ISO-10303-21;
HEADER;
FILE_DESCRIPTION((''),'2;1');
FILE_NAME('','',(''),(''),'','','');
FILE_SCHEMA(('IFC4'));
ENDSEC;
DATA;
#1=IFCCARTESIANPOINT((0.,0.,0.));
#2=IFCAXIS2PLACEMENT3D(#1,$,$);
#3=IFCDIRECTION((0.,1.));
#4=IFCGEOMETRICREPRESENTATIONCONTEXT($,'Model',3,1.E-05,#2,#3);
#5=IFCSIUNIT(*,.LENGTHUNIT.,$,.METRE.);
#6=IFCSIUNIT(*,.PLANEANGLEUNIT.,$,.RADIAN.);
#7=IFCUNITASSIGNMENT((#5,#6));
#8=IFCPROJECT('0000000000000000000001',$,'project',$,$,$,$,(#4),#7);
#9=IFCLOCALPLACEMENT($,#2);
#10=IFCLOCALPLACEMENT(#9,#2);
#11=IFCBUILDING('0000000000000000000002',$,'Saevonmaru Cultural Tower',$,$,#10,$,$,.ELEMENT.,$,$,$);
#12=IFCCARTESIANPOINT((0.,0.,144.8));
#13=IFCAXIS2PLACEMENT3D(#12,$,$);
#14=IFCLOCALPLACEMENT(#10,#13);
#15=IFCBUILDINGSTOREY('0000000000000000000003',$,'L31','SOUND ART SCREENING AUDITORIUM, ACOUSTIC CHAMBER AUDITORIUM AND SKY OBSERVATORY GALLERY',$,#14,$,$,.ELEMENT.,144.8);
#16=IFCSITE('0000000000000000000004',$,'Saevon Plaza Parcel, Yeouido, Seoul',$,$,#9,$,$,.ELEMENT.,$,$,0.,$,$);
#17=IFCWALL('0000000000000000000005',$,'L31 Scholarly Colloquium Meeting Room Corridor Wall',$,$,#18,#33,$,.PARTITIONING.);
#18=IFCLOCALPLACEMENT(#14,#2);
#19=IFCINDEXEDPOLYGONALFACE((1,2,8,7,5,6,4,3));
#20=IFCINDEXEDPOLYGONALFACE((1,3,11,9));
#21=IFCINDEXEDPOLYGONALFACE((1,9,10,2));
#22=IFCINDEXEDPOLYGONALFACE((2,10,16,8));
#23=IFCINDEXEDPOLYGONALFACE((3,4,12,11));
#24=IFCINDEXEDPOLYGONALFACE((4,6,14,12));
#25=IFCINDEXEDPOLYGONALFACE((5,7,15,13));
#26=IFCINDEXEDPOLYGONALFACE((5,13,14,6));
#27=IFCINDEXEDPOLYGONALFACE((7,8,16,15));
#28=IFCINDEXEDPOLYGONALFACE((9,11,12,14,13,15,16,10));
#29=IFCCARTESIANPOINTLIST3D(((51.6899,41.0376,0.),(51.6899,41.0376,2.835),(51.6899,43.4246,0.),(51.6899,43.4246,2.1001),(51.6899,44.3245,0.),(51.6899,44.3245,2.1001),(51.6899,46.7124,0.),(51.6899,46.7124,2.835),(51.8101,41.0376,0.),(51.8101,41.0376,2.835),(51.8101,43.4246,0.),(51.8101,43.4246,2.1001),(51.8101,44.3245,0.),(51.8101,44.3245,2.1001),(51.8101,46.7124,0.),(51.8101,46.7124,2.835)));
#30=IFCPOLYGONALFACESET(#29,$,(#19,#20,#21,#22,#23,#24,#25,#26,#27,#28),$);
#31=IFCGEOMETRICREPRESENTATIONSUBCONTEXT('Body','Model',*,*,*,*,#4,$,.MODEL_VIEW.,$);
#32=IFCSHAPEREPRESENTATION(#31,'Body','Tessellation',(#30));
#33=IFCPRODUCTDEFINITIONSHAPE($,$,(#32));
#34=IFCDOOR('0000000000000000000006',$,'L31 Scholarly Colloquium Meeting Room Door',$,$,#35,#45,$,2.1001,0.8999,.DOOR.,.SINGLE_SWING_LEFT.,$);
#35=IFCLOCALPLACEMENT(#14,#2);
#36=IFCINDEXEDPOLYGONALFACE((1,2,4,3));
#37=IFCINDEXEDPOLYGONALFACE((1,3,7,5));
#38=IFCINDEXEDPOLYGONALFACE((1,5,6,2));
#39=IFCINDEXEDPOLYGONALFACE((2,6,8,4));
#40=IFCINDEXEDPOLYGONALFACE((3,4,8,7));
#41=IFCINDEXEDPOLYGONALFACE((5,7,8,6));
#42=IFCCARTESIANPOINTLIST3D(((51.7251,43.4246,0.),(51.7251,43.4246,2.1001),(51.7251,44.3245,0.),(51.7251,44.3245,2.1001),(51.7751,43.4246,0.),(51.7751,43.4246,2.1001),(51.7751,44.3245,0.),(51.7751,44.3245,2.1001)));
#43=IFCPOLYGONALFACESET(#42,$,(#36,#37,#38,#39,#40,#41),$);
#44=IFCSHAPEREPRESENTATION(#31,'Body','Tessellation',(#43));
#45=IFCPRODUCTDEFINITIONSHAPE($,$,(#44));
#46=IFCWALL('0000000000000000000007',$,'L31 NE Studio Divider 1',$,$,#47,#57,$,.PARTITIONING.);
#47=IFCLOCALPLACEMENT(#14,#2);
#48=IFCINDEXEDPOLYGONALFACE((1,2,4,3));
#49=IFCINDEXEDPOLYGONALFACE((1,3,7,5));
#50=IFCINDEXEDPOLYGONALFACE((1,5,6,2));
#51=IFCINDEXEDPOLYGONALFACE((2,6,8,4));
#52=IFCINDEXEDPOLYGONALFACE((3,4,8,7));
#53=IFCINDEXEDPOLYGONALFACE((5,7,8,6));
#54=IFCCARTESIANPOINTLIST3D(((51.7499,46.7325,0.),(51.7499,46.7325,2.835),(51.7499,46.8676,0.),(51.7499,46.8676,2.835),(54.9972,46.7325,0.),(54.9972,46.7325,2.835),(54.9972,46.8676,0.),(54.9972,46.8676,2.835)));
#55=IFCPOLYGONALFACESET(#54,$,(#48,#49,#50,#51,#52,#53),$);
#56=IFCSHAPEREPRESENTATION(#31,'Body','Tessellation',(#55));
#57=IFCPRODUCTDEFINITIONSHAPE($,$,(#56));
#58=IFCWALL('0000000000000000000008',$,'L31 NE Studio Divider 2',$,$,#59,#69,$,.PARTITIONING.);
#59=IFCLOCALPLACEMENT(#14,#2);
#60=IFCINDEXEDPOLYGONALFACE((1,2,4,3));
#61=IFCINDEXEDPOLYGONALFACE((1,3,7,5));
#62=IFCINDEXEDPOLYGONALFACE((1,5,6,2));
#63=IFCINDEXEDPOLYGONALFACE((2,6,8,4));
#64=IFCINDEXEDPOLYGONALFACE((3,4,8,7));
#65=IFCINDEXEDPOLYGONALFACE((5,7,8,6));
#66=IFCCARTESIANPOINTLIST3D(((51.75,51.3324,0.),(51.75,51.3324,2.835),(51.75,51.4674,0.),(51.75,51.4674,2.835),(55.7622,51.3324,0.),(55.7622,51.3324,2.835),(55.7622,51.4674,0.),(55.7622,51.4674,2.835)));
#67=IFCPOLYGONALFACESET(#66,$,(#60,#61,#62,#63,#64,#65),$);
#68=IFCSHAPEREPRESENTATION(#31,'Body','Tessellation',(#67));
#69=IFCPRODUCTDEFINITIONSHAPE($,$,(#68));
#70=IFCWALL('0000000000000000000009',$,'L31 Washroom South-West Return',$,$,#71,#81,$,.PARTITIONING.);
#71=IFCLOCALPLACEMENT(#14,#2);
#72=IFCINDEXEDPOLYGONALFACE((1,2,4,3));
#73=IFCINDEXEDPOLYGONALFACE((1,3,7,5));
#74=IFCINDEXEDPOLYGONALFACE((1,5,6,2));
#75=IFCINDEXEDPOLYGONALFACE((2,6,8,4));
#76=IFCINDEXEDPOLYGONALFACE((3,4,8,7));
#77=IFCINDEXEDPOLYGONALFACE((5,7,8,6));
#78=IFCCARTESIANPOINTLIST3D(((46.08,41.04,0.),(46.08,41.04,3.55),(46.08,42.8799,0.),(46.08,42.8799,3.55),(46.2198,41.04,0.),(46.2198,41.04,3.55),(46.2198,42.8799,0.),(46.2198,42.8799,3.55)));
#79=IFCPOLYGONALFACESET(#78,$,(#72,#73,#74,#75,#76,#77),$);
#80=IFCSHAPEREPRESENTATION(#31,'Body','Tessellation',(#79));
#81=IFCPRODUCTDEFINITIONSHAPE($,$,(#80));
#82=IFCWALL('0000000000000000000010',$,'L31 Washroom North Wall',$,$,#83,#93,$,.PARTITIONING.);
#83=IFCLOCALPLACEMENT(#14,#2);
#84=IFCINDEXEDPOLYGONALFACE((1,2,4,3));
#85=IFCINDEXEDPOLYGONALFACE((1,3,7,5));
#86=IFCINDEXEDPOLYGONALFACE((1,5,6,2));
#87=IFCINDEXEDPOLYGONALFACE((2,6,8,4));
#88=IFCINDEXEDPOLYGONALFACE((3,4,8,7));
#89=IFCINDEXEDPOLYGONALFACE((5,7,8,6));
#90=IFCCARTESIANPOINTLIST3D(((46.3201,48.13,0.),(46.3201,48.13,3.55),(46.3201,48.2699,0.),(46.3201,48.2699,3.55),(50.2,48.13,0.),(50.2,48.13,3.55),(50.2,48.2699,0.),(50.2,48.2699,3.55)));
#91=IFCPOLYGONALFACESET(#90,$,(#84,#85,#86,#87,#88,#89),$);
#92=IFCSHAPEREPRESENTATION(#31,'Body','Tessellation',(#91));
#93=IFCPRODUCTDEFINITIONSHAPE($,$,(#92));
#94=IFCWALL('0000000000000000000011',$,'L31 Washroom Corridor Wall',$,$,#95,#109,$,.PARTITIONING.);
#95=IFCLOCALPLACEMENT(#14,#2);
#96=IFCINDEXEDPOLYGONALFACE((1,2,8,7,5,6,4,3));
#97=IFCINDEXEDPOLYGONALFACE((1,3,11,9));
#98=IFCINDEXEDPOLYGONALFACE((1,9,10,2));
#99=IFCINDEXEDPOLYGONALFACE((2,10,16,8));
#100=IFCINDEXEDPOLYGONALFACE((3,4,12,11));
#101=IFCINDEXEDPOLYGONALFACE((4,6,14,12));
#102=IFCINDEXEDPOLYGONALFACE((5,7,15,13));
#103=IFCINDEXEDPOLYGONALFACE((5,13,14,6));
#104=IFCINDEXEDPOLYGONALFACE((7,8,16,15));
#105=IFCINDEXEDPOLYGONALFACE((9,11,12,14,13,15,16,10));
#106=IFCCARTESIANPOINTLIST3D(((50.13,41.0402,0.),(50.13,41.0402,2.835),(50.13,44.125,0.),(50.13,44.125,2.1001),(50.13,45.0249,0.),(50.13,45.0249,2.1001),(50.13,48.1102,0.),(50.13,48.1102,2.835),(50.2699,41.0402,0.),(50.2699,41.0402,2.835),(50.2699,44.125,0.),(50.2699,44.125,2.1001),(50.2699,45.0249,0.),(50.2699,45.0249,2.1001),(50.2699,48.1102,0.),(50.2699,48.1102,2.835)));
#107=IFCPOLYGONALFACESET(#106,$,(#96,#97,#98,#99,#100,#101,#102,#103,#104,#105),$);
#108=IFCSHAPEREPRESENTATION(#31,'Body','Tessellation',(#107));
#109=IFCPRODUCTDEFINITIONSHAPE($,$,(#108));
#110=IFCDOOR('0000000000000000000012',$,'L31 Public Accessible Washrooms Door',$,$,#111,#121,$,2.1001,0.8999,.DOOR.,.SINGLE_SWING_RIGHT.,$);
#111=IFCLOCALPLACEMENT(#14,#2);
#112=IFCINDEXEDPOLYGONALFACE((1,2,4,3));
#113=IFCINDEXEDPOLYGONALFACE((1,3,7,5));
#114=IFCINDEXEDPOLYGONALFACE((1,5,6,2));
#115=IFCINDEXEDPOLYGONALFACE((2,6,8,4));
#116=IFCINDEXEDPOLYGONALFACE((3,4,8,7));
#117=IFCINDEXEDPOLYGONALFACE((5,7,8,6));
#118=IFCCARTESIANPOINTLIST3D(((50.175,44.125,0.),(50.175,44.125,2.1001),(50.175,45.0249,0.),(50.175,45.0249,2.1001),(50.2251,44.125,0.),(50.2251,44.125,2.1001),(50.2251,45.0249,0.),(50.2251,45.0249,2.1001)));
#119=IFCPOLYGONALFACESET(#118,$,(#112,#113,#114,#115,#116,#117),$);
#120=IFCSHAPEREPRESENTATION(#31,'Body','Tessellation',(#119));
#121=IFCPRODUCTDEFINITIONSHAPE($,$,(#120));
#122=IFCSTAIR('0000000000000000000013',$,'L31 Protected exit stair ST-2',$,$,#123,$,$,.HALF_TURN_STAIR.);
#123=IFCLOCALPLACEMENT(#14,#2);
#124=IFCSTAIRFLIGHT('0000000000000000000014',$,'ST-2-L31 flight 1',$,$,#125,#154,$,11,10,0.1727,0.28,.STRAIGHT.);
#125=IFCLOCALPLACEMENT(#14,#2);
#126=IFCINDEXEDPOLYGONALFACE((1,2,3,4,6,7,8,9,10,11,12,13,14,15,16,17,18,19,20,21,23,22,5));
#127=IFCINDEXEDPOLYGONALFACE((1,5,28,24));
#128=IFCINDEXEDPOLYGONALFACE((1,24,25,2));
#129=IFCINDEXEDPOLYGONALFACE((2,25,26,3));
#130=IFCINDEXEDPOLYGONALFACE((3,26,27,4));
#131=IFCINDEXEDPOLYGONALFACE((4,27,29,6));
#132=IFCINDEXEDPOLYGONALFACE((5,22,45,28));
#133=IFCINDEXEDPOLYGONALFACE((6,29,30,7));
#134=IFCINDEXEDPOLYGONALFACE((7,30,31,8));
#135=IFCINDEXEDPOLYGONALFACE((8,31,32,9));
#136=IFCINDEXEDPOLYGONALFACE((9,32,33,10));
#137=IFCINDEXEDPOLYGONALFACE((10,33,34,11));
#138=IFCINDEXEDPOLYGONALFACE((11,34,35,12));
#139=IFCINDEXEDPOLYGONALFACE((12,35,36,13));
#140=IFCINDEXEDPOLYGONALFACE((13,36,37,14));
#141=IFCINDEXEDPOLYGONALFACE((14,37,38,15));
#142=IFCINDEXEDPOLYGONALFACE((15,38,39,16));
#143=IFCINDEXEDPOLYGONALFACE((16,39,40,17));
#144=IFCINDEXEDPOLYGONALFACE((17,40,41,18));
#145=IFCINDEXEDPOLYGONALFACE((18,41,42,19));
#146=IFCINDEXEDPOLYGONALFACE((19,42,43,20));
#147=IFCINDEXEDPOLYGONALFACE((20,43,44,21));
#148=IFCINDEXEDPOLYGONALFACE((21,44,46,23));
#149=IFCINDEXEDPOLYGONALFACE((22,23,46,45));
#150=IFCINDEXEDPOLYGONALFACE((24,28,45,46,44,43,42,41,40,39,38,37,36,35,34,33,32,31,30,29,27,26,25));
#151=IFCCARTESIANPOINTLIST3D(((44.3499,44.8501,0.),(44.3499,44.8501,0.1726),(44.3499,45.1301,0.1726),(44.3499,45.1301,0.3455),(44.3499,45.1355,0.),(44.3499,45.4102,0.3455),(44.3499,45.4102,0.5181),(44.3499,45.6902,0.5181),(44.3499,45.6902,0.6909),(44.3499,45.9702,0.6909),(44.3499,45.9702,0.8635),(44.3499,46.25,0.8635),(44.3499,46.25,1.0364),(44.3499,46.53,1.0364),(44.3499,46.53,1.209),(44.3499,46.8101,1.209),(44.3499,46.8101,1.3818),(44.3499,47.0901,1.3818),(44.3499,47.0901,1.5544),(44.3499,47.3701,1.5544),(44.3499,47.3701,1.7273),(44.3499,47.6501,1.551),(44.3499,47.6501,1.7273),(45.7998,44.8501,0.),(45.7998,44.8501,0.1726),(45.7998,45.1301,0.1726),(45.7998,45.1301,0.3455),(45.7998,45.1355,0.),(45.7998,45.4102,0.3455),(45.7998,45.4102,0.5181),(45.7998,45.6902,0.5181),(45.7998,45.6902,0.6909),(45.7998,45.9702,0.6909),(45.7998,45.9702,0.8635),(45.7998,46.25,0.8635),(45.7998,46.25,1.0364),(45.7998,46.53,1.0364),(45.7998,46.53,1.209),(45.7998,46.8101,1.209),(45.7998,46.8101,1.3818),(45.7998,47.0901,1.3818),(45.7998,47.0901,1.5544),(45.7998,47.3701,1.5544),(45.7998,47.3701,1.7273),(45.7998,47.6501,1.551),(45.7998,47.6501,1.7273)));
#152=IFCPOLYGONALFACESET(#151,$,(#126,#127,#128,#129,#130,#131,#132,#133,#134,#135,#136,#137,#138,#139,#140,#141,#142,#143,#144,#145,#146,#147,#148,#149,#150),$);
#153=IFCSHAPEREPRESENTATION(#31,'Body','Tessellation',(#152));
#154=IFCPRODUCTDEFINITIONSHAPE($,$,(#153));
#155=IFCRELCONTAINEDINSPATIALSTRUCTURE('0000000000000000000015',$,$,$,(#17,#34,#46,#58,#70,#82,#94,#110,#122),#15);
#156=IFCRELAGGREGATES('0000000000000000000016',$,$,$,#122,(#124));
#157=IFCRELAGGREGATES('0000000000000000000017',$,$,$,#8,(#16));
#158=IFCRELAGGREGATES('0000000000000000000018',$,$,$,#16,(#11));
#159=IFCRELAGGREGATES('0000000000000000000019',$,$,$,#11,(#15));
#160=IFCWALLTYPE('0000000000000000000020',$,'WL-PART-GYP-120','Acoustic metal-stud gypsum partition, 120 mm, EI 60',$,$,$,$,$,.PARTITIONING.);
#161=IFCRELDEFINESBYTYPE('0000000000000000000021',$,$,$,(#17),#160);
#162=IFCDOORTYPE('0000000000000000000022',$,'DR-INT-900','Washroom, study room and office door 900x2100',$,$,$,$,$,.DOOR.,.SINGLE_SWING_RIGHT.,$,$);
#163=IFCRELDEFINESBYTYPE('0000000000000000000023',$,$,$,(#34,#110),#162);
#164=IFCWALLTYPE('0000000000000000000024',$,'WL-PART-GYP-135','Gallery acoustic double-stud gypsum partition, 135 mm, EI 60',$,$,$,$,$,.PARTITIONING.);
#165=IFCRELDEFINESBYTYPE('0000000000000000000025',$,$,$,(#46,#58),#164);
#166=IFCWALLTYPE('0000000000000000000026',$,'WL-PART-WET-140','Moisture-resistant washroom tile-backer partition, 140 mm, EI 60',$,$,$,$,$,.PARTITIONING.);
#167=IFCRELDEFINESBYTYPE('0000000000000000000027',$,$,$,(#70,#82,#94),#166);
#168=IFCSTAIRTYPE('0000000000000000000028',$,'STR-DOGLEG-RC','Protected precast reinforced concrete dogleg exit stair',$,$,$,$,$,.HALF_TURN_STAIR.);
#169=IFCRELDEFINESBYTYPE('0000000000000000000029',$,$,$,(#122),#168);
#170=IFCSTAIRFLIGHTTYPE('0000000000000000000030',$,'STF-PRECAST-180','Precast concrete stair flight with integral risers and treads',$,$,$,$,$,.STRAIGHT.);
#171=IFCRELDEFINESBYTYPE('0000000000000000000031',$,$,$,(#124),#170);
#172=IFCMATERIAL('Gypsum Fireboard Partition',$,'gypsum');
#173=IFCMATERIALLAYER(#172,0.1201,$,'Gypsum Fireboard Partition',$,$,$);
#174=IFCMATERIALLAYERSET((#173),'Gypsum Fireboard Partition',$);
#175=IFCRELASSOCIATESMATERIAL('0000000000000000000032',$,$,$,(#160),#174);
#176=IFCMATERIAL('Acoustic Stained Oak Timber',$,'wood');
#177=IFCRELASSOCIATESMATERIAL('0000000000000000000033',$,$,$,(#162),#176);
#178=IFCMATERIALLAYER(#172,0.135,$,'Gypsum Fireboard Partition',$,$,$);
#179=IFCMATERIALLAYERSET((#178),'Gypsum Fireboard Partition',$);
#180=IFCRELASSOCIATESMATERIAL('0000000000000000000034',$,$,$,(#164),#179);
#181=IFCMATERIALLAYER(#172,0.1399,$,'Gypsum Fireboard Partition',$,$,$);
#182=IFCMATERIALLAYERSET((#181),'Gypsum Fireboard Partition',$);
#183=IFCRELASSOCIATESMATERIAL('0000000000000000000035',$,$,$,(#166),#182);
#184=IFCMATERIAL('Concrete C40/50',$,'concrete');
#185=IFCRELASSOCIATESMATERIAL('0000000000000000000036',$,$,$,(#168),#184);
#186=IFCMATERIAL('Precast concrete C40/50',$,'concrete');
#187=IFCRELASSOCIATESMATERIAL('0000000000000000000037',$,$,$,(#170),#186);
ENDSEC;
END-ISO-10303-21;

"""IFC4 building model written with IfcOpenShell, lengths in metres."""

from ifc_helpers import new_model, si_unit, direction, frame, frame_2d, origin, place, context, subcontext, project, spatial, polyline, rectangle, outline, extrude, material, layer, layer_set, type_object, element, fill, aggregate, save


model = new_model("IFC4")

# Units and contexts
model_context = context("Model", 3, precision=1e-05, world=origin(), true_north=direction((0.0, 1.0)))
body_context = subcontext(model_context, "Body", "Model", "MODEL_VIEW")
ifc_project = project(units=[si_unit("LENGTHUNIT", "METRE"), si_unit("PLANEANGLEUNIT", "RADIAN")], contexts=[model_context])

# Site, building, storey
site_placement = place(None, origin())
site = spatial("IfcSite", under=ifc_project, at=site_placement, Name="Saevon Plaza Parcel, Yeouido, Seoul", CompositionType="ELEMENT", RefElevation=0.0)
building_placement = place(site_placement, origin())
building = spatial("IfcBuilding", under=site, at=building_placement, Name="Saevonmaru Cultural Tower", CompositionType="ELEMENT")
storey_placement = place(building_placement, frame((0.0, 0.0, 144.8)))
storey = spatial("IfcBuildingStorey", under=building, at=storey_placement, Name="L31", Description="SOUND ART SCREENING AUDITORIUM, ACOUSTIC CHAMBER AUDITORIUM AND SKY OBSERVATORY GALLERY", CompositionType="ELEMENT", Elevation=144.8)

# Wall, opening, door
ifc_material_1 = material(Name="Gypsum Fireboard Partition", Category="gypsum")
ifc_material_2 = material(Name="Acoustic Stained Oak Timber", Category="wood")
ifc_layer_1 = layer(ifc_material_1, 0.1201, Name="Gypsum Fireboard Partition")
ifc_layer_set_1 = layer_set([ifc_layer_1], Name="Gypsum Fireboard Partition")
wall_type_1 = type_object("IfcWallType", Name="WL-PART-GYP-120", Description="Acoustic metal-stud gypsum partition, 120 mm, EI 60", PredefinedType="PARTITIONING", material=ifc_layer_set_1)
wall_1_placement = place(storey_placement, frame((51.75, 41.0376, 0.0), z_axis=(0.0, 0.0, 1.0), x_axis=(0.0, 1.0, 0.0)))
wall_1 = element("IfcWall", 1, at=wall_1_placement, inside=storey, type_object=wall_type_1, Name="L31 Scholarly Colloquium Meeting Room Corridor Wall", PredefinedType="PARTITIONING", context=body_context, shape_type="SweptSolid", body=[
    extrude(rectangle(XDim=5.6748, YDim=0.1201, at=frame_2d((2.8374, 0.0))), origin(), (0.0, 0.0, 1.0), 2.835),
])
opening_1_placement = place(wall_1_placement, frame((2.387, 0.0, 0.0)))
opening_1 = element("IfcOpeningElement", 2, at=opening_1_placement, cuts=wall_1, PredefinedType="OPENING", context=body_context, shape_type="SweptSolid", body=[
    extrude(rectangle(XDim=0.8999, YDim=2.1001, at=frame_2d((0.45, 1.05))), frame((0.0, 0.0701, 0.0), z_axis=(0.0, -1.0, 0.0), x_axis=(1.0, 0.0, 0.0)), (0.0, 0.0, 1.0), 0.1401),
])
door_type_1 = type_object("IfcDoorType", Name="DR-INT-900", Description="Washroom, study room and office door 900x2100", OperationType="SINGLE_SWING_RIGHT", PredefinedType="DOOR", material=ifc_material_2)
door_1_placement = place(opening_1_placement, origin())
door_1 = element("IfcDoor", 3, at=door_1_placement, inside=storey, type_object=door_type_1, Name="L31 Scholarly Colloquium Meeting Room Door", OperationType="SINGLE_SWING_LEFT", OverallHeight=2.1001, OverallWidth=0.8999, PredefinedType="DOOR", context=body_context, shape_type="SweptSolid", body=[
    extrude(rectangle(XDim=0.8999, YDim=2.1001, at=frame_2d((0.45, 1.05))), frame((0.0, 0.0249, 0.0), z_axis=(0.0, -1.0, 0.0), x_axis=(1.0, 0.0, 0.0)), (0.0, 0.0, 1.0), 0.05),
])
fill(opening_1, door_1)

# Walls
ifc_layer_2 = layer(ifc_material_1, 0.135, Name="Gypsum Fireboard Partition")
ifc_layer_set_2 = layer_set([ifc_layer_2], Name="Gypsum Fireboard Partition")
wall_type_2 = type_object("IfcWallType", Name="WL-PART-GYP-135", Description="Gallery acoustic double-stud gypsum partition, 135 mm, EI 60", PredefinedType="PARTITIONING", material=ifc_layer_set_2)
wall_2_placement = place(storey_placement, frame((51.75, 46.8, 0.0), z_axis=(0.0, 0.0, 1.0), x_axis=(1.0, 0.0, 0.0)))
element("IfcWall", 4, at=wall_2_placement, inside=storey, type_object=wall_type_2, Name="L31 NE Studio Divider 1", PredefinedType="PARTITIONING", context=body_context, shape_type="SweptSolid", body=[
    extrude(rectangle(XDim=3.2473, YDim=0.135, at=frame_2d((1.6235, 0.0))), origin(), (0.0, 0.0, 1.0), 2.835),
])
wall_3_placement = place(storey_placement, frame((51.75, 51.3999, 0.0), z_axis=(0.0, 0.0, 1.0), x_axis=(1.0, 0.0, 0.0)))
element("IfcWall", 5, at=wall_3_placement, inside=storey, type_object=wall_type_2, Name="L31 NE Studio Divider 2", PredefinedType="PARTITIONING", context=body_context, shape_type="SweptSolid", body=[
    extrude(rectangle(XDim=4.0122, YDim=0.135, at=frame_2d((2.0061, 0.0))), origin(), (0.0, 0.0, 1.0), 2.835),
])
ifc_layer_3 = layer(ifc_material_1, 0.1399, Name="Gypsum Fireboard Partition")
ifc_layer_set_3 = layer_set([ifc_layer_3], Name="Gypsum Fireboard Partition")
wall_type_3 = type_object("IfcWallType", Name="WL-PART-WET-140", Description="Moisture-resistant washroom tile-backer partition, 140 mm, EI 60", PredefinedType="PARTITIONING", material=ifc_layer_set_3)
wall_4_placement = place(storey_placement, frame((46.1499, 41.04, 0.0), z_axis=(0.0, 0.0, 1.0), x_axis=(0.0, 1.0, 0.0)))
element("IfcWall", 6, at=wall_4_placement, inside=storey, type_object=wall_type_3, Name="L31 Washroom South-West Return", PredefinedType="PARTITIONING", context=body_context, shape_type="SweptSolid", body=[
    extrude(rectangle(XDim=1.8398, YDim=0.1399, at=frame_2d((0.9199, 0.0))), origin(), (0.0, 0.0, 1.0), 3.55),
])
wall_5_placement = place(storey_placement, frame((46.3201, 48.2, 0.0), z_axis=(0.0, 0.0, 1.0), x_axis=(1.0, 0.0, 0.0)))
element("IfcWall", 7, at=wall_5_placement, inside=storey, type_object=wall_type_3, Name="L31 Washroom North Wall", PredefinedType="PARTITIONING", context=body_context, shape_type="SweptSolid", body=[
    extrude(rectangle(XDim=3.8799, YDim=0.1399, at=frame_2d((1.9399, 0.0))), origin(), (0.0, 0.0, 1.0), 3.55),
])

# Wall, opening, door
wall_6_placement = place(storey_placement, frame((50.2, 41.04, 0.0), z_axis=(0.0, 0.0, 1.0), x_axis=(0.0, 1.0, 0.0)))
wall_6 = element("IfcWall", 8, at=wall_6_placement, inside=storey, type_object=wall_type_3, Name="L31 Washroom Corridor Wall", PredefinedType="PARTITIONING", context=body_context, shape_type="SweptSolid", body=[
    extrude(rectangle(XDim=7.0701, YDim=0.1399, at=frame_2d((3.5352, 0.0))), origin(), (0.0, 0.0, 1.0), 2.835),
])
opening_2_placement = place(wall_6_placement, frame((3.085, 0.0, 0.0)))
opening_2 = element("IfcOpeningElement", 9, at=opening_2_placement, cuts=wall_6, PredefinedType="OPENING", context=body_context, shape_type="SweptSolid", body=[
    extrude(rectangle(XDim=0.8999, YDim=2.1001, at=frame_2d((0.45, 1.05))), frame((0.0, 0.0801, 0.0), z_axis=(0.0, -1.0, 0.0), x_axis=(1.0, 0.0, 0.0)), (0.0, 0.0, 1.0), 0.1599),
])
door_2_placement = place(opening_2_placement, origin())
door_2 = element("IfcDoor", 10, at=door_2_placement, inside=storey, type_object=door_type_1, Name="L31 Public Accessible Washrooms Door", OperationType="SINGLE_SWING_RIGHT", OverallHeight=2.1001, OverallWidth=0.8999, PredefinedType="DOOR", context=body_context, shape_type="SweptSolid", body=[
    extrude(rectangle(XDim=0.8999, YDim=2.1001, at=frame_2d((0.45, 1.05))), frame((0.0, 0.0249, 0.0), z_axis=(0.0, -1.0, 0.0), x_axis=(1.0, 0.0, 0.0)), (0.0, 0.0, 1.0), 0.05),
])
fill(opening_2, door_2)

# Stair, stair flight
ifc_material_3 = material(Name="Concrete C40/50", Category="concrete")
stair_type = type_object("IfcStairType", Name="STR-DOGLEG-RC", Description="Protected precast reinforced concrete dogleg exit stair", PredefinedType="HALF_TURN_STAIR", material=ifc_material_3)
stair_placement = place(storey_placement, origin())
stair = element("IfcStair", 11, at=stair_placement, inside=storey, type_object=stair_type, Name="L31 Protected exit stair ST-2", PredefinedType="HALF_TURN_STAIR")
ifc_material_4 = material(Name="Precast concrete C40/50", Category="concrete")
stair_flight_type = type_object("IfcStairFlightType", Name="STF-PRECAST-180", Description="Precast concrete stair flight with integral risers and treads", PredefinedType="STRAIGHT", material=ifc_material_4)
stair_flight_placement = place(storey_placement, frame((45.075, 44.8501, 0.0), z_axis=(0.0, 0.0, 1.0), x_axis=(0.0, 1.0, 0.0)))
stair_flight = element("IfcStairFlight", 12, at=stair_flight_placement, type_object=stair_flight_type, Name="ST-2-L31 flight 1", NumberOfRisers=11, NumberOfTreads=10, PredefinedType="STRAIGHT", RiserHeight=0.1727, TreadLength=0.28, context=body_context, shape_type="SweptSolid", body=[
    extrude(outline(polyline([(0.0, 0.0), (0.0, 0.1726), (0.28, 0.1726), (0.28, 0.3455), (0.5601, 0.3455), (0.5601, 0.5181), (0.8401, 0.5181), (0.8401, 0.6909), (1.1201, 0.6909), (1.1201, 0.8635), (1.3999, 0.8635), (1.3999, 1.0364), (1.6799, 1.0364), (1.6799, 1.209), (1.96, 1.209), (1.96, 1.3818), (2.24, 1.3818), (2.24, 1.5544), (2.52, 1.5544), (2.52, 1.7273), (2.8, 1.7273), (2.8, 1.8999), (2.8, 1.551), (0.2854, 0.0), (0.0, 0.0)])), frame((0.0, 0.7251, 0.0), z_axis=(0.0, -1.0, 0.0), x_axis=(1.0, 0.0, 0.0)), (0.0, 0.0, 1.0), 1.45),
])
aggregate(stair, [stair_flight])

save(model, "model.ifc")
